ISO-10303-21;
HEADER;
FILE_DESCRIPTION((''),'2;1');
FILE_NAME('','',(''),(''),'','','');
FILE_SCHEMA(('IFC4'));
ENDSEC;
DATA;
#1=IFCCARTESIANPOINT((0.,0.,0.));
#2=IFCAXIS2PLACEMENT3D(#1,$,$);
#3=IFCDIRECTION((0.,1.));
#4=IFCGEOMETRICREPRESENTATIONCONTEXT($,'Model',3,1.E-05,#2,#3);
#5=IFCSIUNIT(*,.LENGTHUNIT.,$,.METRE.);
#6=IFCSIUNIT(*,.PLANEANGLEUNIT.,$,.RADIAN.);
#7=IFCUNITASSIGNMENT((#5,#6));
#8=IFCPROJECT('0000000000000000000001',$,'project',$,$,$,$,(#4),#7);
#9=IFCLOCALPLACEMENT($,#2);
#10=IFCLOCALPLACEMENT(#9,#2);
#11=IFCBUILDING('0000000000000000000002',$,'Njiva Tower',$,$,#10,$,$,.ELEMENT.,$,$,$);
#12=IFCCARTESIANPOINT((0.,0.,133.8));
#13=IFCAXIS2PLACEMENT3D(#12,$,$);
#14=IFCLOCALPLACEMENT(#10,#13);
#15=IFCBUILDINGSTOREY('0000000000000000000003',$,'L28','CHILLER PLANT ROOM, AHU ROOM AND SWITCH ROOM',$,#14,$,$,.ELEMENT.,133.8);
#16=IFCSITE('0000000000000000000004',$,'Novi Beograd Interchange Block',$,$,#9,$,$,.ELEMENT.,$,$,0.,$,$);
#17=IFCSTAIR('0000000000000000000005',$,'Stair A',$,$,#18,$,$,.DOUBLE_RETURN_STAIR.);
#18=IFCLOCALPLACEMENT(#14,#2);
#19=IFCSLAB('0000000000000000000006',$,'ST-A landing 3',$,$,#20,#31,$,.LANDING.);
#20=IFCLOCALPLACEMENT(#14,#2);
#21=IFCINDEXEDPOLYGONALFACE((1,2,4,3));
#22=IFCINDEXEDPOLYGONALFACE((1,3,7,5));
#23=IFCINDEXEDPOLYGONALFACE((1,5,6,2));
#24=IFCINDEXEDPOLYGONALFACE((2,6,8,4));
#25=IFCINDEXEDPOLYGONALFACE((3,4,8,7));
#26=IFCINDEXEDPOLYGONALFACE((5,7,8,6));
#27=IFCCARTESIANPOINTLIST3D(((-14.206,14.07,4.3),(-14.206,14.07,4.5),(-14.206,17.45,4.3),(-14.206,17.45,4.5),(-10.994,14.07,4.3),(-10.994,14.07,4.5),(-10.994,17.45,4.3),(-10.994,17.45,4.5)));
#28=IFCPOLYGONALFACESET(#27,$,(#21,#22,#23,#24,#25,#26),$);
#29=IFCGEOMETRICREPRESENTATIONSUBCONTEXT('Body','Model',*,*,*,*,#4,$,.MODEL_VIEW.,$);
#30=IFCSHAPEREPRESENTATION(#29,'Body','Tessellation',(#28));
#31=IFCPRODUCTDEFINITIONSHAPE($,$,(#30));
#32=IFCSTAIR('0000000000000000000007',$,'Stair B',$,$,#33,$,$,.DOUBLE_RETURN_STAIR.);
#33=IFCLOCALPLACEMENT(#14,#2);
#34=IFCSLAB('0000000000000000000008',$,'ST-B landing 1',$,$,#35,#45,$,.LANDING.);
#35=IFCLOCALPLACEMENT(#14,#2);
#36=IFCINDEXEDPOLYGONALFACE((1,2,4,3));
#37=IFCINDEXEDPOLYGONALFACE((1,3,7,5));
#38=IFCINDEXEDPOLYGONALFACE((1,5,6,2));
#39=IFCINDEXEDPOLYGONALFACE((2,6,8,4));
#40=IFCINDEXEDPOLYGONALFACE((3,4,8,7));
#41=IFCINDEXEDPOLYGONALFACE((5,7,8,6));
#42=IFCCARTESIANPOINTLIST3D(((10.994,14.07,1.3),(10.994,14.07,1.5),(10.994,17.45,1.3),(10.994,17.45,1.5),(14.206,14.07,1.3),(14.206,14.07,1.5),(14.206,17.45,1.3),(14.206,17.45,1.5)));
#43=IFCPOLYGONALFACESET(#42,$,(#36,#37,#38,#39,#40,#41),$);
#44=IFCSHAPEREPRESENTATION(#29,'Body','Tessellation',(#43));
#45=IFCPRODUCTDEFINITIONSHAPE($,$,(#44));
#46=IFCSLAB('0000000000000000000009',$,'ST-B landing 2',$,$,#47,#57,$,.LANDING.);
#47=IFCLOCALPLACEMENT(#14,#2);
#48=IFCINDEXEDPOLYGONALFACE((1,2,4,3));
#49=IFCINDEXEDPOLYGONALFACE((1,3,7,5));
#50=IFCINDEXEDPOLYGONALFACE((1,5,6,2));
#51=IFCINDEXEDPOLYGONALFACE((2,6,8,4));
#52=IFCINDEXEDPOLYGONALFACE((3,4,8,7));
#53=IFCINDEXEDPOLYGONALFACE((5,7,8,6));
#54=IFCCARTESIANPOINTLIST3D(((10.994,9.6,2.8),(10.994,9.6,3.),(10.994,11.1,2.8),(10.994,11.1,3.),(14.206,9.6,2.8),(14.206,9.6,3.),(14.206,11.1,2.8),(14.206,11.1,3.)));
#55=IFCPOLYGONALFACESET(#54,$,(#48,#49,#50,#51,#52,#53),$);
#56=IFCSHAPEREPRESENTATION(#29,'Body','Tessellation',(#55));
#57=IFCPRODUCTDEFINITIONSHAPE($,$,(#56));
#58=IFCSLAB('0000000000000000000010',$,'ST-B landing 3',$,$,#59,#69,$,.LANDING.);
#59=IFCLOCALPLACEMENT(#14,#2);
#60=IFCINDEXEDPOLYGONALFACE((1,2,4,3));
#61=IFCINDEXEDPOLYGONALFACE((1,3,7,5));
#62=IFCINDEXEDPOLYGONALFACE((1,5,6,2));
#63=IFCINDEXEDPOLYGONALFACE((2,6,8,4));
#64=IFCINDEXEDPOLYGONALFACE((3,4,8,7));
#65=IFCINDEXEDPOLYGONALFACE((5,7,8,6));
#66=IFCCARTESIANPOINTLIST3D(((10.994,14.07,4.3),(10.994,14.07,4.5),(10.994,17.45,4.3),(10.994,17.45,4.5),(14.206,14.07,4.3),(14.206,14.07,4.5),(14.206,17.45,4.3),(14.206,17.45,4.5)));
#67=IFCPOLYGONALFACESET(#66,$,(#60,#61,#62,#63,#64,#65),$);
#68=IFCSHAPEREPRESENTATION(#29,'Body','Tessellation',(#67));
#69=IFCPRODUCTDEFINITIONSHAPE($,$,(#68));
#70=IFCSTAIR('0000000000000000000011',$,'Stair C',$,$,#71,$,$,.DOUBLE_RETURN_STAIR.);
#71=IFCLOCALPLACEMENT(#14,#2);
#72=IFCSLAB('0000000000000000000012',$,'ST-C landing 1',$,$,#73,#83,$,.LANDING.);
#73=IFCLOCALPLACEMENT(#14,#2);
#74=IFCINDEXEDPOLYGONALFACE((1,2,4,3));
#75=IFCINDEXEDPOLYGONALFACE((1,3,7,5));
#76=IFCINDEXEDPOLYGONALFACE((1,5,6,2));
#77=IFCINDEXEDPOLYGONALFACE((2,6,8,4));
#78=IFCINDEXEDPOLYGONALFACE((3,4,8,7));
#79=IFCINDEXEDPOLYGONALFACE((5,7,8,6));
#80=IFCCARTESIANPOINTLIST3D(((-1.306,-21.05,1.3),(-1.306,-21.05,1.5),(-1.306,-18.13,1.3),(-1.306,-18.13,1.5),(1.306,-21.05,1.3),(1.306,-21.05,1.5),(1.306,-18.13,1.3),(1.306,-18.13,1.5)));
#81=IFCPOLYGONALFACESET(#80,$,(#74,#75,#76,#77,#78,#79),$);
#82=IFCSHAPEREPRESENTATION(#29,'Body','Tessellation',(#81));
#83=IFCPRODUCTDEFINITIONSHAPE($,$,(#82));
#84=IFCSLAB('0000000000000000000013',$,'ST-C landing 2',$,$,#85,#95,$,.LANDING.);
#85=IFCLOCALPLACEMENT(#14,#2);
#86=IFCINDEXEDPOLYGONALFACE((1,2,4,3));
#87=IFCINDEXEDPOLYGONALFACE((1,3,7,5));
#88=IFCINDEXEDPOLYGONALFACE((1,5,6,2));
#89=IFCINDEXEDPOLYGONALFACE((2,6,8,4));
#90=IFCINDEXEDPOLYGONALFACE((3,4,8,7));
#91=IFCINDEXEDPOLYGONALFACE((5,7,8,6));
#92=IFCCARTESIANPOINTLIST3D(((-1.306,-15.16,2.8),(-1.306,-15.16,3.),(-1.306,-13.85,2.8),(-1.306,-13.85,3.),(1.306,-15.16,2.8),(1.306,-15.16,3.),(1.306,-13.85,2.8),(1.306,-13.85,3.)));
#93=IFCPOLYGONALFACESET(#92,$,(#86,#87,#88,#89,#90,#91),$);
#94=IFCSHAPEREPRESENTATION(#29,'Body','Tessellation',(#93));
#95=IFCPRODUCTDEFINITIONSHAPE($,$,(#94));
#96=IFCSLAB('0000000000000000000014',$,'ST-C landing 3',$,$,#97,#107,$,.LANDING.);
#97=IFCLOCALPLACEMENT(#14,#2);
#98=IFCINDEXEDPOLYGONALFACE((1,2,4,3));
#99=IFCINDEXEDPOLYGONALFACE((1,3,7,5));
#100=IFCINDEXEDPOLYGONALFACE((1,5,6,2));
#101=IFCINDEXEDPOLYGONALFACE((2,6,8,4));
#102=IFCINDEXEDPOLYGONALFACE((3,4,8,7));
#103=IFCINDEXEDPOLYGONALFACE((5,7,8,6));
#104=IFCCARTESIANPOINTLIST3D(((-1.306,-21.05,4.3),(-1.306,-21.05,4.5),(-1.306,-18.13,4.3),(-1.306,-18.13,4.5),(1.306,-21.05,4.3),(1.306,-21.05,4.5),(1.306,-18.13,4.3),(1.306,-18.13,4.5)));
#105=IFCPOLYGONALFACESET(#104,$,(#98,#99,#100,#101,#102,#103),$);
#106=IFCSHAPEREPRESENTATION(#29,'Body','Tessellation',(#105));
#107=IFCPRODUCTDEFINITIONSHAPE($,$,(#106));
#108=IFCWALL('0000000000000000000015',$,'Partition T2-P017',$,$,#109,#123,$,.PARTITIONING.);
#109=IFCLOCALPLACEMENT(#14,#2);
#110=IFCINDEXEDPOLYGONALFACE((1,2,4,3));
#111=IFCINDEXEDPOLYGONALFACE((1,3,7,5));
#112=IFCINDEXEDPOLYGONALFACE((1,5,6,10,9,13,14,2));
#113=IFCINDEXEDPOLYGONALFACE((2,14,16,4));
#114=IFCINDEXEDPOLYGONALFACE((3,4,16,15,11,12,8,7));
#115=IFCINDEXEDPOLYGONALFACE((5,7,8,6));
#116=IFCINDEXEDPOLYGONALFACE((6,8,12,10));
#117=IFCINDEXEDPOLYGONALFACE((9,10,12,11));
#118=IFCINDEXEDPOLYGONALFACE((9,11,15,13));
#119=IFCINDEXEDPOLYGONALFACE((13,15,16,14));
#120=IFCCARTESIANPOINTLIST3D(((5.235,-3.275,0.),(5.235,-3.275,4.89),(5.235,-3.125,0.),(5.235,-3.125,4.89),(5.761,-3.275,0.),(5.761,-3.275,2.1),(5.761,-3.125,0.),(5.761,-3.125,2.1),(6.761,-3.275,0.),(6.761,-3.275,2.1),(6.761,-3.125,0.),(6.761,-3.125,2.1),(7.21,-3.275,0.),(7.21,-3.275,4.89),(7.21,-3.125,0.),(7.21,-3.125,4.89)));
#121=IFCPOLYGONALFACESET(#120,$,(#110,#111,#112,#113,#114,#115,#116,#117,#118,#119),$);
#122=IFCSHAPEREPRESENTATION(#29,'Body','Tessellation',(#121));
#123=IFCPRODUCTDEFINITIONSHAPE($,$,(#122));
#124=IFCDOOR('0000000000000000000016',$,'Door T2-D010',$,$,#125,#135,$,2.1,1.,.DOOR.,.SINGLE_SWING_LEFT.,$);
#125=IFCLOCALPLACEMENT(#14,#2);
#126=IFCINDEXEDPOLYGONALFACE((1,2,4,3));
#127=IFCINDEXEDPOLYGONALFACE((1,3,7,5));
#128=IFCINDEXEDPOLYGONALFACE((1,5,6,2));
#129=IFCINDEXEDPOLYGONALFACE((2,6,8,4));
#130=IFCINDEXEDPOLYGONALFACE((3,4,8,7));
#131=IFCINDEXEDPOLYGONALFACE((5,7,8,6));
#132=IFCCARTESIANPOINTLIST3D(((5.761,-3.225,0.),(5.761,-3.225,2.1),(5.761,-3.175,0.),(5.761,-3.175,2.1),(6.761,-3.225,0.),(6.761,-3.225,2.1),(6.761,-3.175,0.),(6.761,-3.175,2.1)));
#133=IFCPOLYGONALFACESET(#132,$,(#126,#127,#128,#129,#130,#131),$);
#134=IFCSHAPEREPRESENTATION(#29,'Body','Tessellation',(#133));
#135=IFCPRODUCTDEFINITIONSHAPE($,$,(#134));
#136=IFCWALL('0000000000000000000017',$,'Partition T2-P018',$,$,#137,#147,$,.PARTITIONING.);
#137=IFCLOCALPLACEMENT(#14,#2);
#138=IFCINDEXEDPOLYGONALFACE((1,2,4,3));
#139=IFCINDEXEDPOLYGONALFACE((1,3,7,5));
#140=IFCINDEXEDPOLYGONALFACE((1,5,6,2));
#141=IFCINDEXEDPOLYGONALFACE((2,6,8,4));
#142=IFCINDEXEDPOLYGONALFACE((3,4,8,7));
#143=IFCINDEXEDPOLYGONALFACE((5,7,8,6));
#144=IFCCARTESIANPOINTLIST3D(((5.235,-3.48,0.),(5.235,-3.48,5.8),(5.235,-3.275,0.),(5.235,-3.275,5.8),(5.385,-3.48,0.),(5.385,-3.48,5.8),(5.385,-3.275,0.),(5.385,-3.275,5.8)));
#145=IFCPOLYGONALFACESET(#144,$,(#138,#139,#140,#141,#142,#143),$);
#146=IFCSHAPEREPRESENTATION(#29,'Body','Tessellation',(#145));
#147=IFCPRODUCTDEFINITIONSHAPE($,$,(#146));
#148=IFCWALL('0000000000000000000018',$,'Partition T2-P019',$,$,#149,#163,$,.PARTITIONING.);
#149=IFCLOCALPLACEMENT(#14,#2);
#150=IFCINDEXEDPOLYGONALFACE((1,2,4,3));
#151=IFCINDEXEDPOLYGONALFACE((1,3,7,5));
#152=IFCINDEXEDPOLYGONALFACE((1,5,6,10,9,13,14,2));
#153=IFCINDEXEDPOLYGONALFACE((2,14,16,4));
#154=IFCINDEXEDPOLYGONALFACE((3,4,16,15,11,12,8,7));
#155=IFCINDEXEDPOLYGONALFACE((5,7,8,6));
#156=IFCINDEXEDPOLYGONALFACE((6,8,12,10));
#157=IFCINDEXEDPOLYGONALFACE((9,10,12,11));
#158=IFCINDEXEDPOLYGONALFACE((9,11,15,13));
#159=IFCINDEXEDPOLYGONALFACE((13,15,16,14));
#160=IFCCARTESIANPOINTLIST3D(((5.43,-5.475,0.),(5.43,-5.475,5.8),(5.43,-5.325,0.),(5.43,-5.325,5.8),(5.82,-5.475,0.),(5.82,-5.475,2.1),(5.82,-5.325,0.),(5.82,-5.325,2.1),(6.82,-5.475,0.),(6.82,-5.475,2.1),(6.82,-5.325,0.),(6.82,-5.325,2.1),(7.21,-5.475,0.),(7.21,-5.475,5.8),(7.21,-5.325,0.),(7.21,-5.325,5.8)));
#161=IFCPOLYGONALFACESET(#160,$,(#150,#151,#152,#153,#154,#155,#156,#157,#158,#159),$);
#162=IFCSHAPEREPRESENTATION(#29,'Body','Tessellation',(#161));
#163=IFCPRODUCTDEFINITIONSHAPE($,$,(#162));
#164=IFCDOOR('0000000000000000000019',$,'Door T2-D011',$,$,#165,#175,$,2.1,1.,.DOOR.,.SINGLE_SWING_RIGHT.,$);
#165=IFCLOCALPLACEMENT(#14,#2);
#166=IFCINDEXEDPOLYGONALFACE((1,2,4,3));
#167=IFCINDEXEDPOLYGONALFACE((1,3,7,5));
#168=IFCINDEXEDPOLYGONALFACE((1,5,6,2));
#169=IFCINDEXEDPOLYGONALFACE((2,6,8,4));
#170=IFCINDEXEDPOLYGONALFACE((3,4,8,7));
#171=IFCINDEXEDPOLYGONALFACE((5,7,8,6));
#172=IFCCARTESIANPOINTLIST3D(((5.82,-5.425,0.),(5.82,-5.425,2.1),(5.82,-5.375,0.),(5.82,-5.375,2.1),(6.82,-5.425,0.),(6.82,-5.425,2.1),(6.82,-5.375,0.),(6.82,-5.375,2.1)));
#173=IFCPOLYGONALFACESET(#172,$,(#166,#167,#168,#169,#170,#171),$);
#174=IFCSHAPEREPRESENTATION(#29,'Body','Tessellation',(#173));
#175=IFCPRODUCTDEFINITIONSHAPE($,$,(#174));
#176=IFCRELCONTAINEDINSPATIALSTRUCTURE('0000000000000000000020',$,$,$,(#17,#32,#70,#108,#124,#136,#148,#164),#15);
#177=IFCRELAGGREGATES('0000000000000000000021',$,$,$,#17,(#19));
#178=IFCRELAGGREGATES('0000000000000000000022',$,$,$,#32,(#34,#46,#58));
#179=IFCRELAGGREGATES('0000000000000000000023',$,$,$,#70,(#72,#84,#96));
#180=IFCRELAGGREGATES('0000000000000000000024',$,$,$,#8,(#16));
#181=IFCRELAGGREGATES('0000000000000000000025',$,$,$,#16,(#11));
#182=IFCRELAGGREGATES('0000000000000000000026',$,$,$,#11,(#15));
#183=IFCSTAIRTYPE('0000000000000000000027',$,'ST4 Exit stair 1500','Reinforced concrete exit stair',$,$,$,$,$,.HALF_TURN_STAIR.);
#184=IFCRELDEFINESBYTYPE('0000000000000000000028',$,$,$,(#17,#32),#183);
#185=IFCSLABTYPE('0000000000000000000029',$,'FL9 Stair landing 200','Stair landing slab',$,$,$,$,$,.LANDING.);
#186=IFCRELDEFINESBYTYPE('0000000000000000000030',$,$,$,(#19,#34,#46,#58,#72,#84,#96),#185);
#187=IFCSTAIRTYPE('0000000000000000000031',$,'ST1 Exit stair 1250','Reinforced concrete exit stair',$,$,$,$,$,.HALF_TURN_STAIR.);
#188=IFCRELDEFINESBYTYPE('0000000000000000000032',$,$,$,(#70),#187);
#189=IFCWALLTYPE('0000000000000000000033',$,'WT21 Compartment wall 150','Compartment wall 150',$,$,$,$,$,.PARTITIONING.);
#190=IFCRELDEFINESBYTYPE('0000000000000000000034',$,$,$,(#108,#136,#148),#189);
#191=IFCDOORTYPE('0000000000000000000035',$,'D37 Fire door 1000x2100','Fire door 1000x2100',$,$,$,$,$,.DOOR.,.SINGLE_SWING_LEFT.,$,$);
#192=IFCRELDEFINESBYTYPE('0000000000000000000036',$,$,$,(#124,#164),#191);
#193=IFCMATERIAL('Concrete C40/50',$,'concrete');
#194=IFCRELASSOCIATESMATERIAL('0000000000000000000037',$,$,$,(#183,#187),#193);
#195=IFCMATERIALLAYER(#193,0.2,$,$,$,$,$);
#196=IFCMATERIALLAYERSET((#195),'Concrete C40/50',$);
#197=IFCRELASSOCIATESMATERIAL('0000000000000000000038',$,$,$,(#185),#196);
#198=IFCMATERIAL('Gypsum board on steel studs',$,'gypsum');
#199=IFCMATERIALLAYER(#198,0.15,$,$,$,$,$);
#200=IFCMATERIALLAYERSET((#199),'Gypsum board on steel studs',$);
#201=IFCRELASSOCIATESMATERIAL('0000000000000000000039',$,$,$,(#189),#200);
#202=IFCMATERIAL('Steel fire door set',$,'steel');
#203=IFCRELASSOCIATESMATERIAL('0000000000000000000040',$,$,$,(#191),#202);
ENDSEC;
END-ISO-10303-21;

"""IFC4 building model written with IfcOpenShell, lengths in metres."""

from ifc_helpers import new_model, si_unit, direction, frame, frame_2d, origin, place, context, subcontext, project, spatial, polyline, rectangle, outline, extrude, material, layer, layer_set, type_object, element, fill, aggregate, save


model = new_model("IFC4")

# Units and contexts
model_context = context("Model", 3, precision=1e-05, world=origin(), true_north=direction((0.0, 1.0)))
body_context = subcontext(model_context, "Body", "Model", "MODEL_VIEW")
ifc_project = project(units=[si_unit("LENGTHUNIT", "METRE"), si_unit("PLANEANGLEUNIT", "RADIAN")], contexts=[model_context])

# Site, building, storey
site_placement = place(None, origin())
site = spatial("IfcSite", under=ifc_project, at=site_placement, Name="Novi Beograd Interchange Block", CompositionType="ELEMENT", RefElevation=0.0)
building_placement = place(site_placement, origin())
building = spatial("IfcBuilding", under=site, at=building_placement, Name="Njiva Tower", CompositionType="ELEMENT")
storey_placement = place(building_placement, frame((0.0, 0.0, 133.8)))
storey = spatial("IfcBuildingStorey", under=building, at=storey_placement, Name="L28", Description="CHILLER PLANT ROOM, AHU ROOM AND SWITCH ROOM", CompositionType="ELEMENT", Elevation=133.8)

# Stairs, slabs
ifc_material_1 = material(Name="Concrete C40/50", Category="concrete")
stair_type_1 = type_object("IfcStairType", Name="ST4 Exit stair 1500", Description="Reinforced concrete exit stair", PredefinedType="HALF_TURN_STAIR", material=ifc_material_1)
stair_1_placement = place(storey_placement, origin())
stair_1 = element("IfcStair", 1, at=stair_1_placement, inside=storey, type_object=stair_type_1, Name="Stair A", PredefinedType="DOUBLE_RETURN_STAIR")
ifc_layer_1 = layer(ifc_material_1, 0.2)
ifc_layer_set_1 = layer_set([ifc_layer_1], Name="Concrete C40/50")
slab_type = type_object("IfcSlabType", Name="FL9 Stair landing 200", Description="Stair landing slab", PredefinedType="LANDING", material=ifc_layer_set_1)
slab_1_placement = place(storey_placement, frame((0.0, 0.0, 4.3)))
slab_1 = element("IfcSlab", 2, at=slab_1_placement, type_object=slab_type, Name="ST-A landing 3", PredefinedType="LANDING", context=body_context, shape_type="SweptSolid", body=[
    extrude(outline(polyline([(-14.206, 14.07), (-10.994, 14.07), (-10.994, 17.45), (-14.206, 17.45), (-14.206, 14.07)])), origin(), (0.0, 0.0, 1.0), 0.2),
])
aggregate(stair_1, [slab_1])
stair_2_placement = place(storey_placement, origin())
stair_2 = element("IfcStair", 3, at=stair_2_placement, inside=storey, type_object=stair_type_1, Name="Stair B", PredefinedType="DOUBLE_RETURN_STAIR")
slab_2_placement = place(storey_placement, frame((0.0, 0.0, 1.3)))
slab_2 = element("IfcSlab", 4, at=slab_2_placement, type_object=slab_type, Name="ST-B landing 1", PredefinedType="LANDING", context=body_context, shape_type="SweptSolid", body=[
    extrude(outline(polyline([(10.994, 14.07), (14.206, 14.07), (14.206, 17.45), (10.994, 17.45), (10.994, 14.07)])), origin(), (0.0, 0.0, 1.0), 0.2),
])
slab_3_placement = place(storey_placement, frame((0.0, 0.0, 2.8)))
slab_3 = element("IfcSlab", 5, at=slab_3_placement, type_object=slab_type, Name="ST-B landing 2", PredefinedType="LANDING", context=body_context, shape_type="SweptSolid", body=[
    extrude(outline(polyline([(10.994, 9.6), (14.206, 9.6), (14.206, 11.1), (10.994, 11.1), (10.994, 9.6)])), origin(), (0.0, 0.0, 1.0), 0.2),
])
slab_4_placement = place(storey_placement, frame((0.0, 0.0, 4.3)))
slab_4 = element("IfcSlab", 6, at=slab_4_placement, type_object=slab_type, Name="ST-B landing 3", PredefinedType="LANDING", context=body_context, shape_type="SweptSolid", body=[
    extrude(outline(polyline([(10.994, 14.07), (14.206, 14.07), (14.206, 17.45), (10.994, 17.45), (10.994, 14.07)])), origin(), (0.0, 0.0, 1.0), 0.2),
])
aggregate(stair_2, [slab_2, slab_3, slab_4])
stair_type_2 = type_object("IfcStairType", Name="ST1 Exit stair 1250", Description="Reinforced concrete exit stair", PredefinedType="HALF_TURN_STAIR", material=ifc_material_1)
stair_3_placement = place(storey_placement, origin())
stair_3 = element("IfcStair", 7, at=stair_3_placement, inside=storey, type_object=stair_type_2, Name="Stair C", PredefinedType="DOUBLE_RETURN_STAIR")
slab_5_placement = place(storey_placement, frame((0.0, 0.0, 1.3)))
slab_5 = element("IfcSlab", 8, at=slab_5_placement, type_object=slab_type, Name="ST-C landing 1", PredefinedType="LANDING", context=body_context, shape_type="SweptSolid", body=[
    extrude(outline(polyline([(-1.306, -21.05), (1.306, -21.05), (1.306, -18.13), (-1.306, -18.13), (-1.306, -21.05)])), origin(), (0.0, 0.0, 1.0), 0.2),
])
slab_6_placement = place(storey_placement, frame((0.0, 0.0, 2.8)))
slab_6 = element("IfcSlab", 9, at=slab_6_placement, type_object=slab_type, Name="ST-C landing 2", PredefinedType="LANDING", context=body_context, shape_type="SweptSolid", body=[
    extrude(outline(polyline([(-1.306, -15.16), (1.306, -15.16), (1.306, -13.85), (-1.306, -13.85), (-1.306, -15.16)])), origin(), (0.0, 0.0, 1.0), 0.2),
])
slab_7_placement = place(storey_placement, frame((0.0, 0.0, 4.3)))
slab_7 = element("IfcSlab", 10, at=slab_7_placement, type_object=slab_type, Name="ST-C landing 3", PredefinedType="LANDING", context=body_context, shape_type="SweptSolid", body=[
    extrude(outline(polyline([(-1.306, -21.05), (1.306, -21.05), (1.306, -18.13), (-1.306, -18.13), (-1.306, -21.05)])), origin(), (0.0, 0.0, 1.0), 0.2),
])
aggregate(stair_3, [slab_5, slab_6, slab_7])

# Wall, opening, door
ifc_material_2 = material(Name="Gypsum board on steel studs", Category="gypsum")
ifc_layer_2 = layer(ifc_material_2, 0.15)
ifc_layer_set_2 = layer_set([ifc_layer_2], Name="Gypsum board on steel studs")
wall_type_1 = type_object("IfcWallType", Name="WT21 Compartment wall 150", Description="Compartment wall 150", PredefinedType="PARTITIONING", material=ifc_layer_set_2)
wall_1_placement = place(storey_placement, frame((5.235, -3.2, 0.0), z_axis=(0.0, 0.0, 1.0), x_axis=(1.0, 0.0, 0.0)))
wall_1 = element("IfcWall", 11, at=wall_1_placement, inside=storey, type_object=wall_type_1, Name="Partition T2-P017", PredefinedType="PARTITIONING", context=body_context, shape_type="SweptSolid", body=[
    extrude(rectangle(XDim=1.975, YDim=0.15, at=frame_2d((0.9875, 0.0))), origin(), (0.0, 0.0, 1.0), 4.89),
])
opening_1_placement = place(wall_1_placement, frame((0.526, 0.0, 0.0)))
opening_1 = element("IfcOpeningElement", 12, at=opening_1_placement, cuts=wall_1, PredefinedType="OPENING", context=body_context, shape_type="SweptSolid", body=[
    extrude(rectangle(XDim=1.0, YDim=2.1, at=frame_2d((0.5, 1.05))), frame((0.0, 0.085, 0.0), z_axis=(0.0, -1.0, 0.0), x_axis=(1.0, 0.0, 0.0)), (0.0, 0.0, 1.0), 0.17),
])
ifc_material_3 = material(Name="Steel fire door set", Category="steel")
door_type_1 = type_object("IfcDoorType", Name="D37 Fire door 1000x2100", Description="Fire door 1000x2100", OperationType="SINGLE_SWING_LEFT", PredefinedType="DOOR", material=ifc_material_3)
door_1_placement = place(opening_1_placement, origin())
door_1 = element("IfcDoor", 13, at=door_1_placement, inside=storey, type_object=door_type_1, Name="Door T2-D010", OperationType="SINGLE_SWING_LEFT", OverallHeight=2.1, OverallWidth=1.0, PredefinedType="DOOR", context=body_context, shape_type="SweptSolid", body=[
    extrude(rectangle(XDim=1.0, YDim=2.1, at=frame_2d((0.5, 1.05))), frame((0.0, 0.025, 0.0), z_axis=(0.0, -1.0, 0.0), x_axis=(1.0, 0.0, 0.0)), (0.0, 0.0, 1.0), 0.05),
])
fill(opening_1, door_1)

# Wall
wall_2_placement = place(storey_placement, frame((5.31, -3.48, 0.0), z_axis=(0.0, 0.0, 1.0), x_axis=(0.0, 1.0, 0.0)))
element("IfcWall", 14, at=wall_2_placement, inside=storey, type_object=wall_type_1, Name="Partition T2-P018", PredefinedType="PARTITIONING", context=body_context, shape_type="SweptSolid", body=[
    extrude(rectangle(XDim=0.205, YDim=0.15, at=frame_2d((0.1025, 0.0))), origin(), (0.0, 0.0, 1.0), 5.8),
])

# Wall, opening, door
wall_3_placement = place(storey_placement, frame((5.43, -5.4, 0.0), z_axis=(0.0, 0.0, 1.0), x_axis=(1.0, 0.0, 0.0)))
wall_3 = element("IfcWall", 15, at=wall_3_placement, inside=storey, type_object=wall_type_1, Name="Partition T2-P019", PredefinedType="PARTITIONING", context=body_context, shape_type="SweptSolid", body=[
    extrude(rectangle(XDim=1.78, YDim=0.15, at=frame_2d((0.89, 0.0))), origin(), (0.0, 0.0, 1.0), 5.8),
])
opening_2_placement = place(wall_3_placement, frame((0.39, 0.0, 0.0)))
opening_2 = element("IfcOpeningElement", 16, at=opening_2_placement, cuts=wall_3, PredefinedType="OPENING", context=body_context, shape_type="SweptSolid", body=[
    extrude(rectangle(XDim=1.0, YDim=2.1, at=frame_2d((0.5, 1.05))), frame((0.0, 0.085, 0.0), z_axis=(0.0, -1.0, 0.0), x_axis=(1.0, 0.0, 0.0)), (0.0, 0.0, 1.0), 0.17),
])
door_2_placement = place(opening_2_placement, origin())
door_2 = element("IfcDoor", 17, at=door_2_placement, inside=storey, type_object=door_type_1, Name="Door T2-D011", OperationType="SINGLE_SWING_RIGHT", OverallHeight=2.1, OverallWidth=1.0, PredefinedType="DOOR", context=body_context, shape_type="SweptSolid", body=[
    extrude(rectangle(XDim=1.0, YDim=2.1, at=frame_2d((0.5, 1.05))), frame((0.0, 0.025, 0.0), z_axis=(0.0, -1.0, 0.0), x_axis=(1.0, 0.0, 0.0)), (0.0, 0.0, 1.0), 0.05),
])
fill(opening_2, door_2)

save(model, "model.ifc")
